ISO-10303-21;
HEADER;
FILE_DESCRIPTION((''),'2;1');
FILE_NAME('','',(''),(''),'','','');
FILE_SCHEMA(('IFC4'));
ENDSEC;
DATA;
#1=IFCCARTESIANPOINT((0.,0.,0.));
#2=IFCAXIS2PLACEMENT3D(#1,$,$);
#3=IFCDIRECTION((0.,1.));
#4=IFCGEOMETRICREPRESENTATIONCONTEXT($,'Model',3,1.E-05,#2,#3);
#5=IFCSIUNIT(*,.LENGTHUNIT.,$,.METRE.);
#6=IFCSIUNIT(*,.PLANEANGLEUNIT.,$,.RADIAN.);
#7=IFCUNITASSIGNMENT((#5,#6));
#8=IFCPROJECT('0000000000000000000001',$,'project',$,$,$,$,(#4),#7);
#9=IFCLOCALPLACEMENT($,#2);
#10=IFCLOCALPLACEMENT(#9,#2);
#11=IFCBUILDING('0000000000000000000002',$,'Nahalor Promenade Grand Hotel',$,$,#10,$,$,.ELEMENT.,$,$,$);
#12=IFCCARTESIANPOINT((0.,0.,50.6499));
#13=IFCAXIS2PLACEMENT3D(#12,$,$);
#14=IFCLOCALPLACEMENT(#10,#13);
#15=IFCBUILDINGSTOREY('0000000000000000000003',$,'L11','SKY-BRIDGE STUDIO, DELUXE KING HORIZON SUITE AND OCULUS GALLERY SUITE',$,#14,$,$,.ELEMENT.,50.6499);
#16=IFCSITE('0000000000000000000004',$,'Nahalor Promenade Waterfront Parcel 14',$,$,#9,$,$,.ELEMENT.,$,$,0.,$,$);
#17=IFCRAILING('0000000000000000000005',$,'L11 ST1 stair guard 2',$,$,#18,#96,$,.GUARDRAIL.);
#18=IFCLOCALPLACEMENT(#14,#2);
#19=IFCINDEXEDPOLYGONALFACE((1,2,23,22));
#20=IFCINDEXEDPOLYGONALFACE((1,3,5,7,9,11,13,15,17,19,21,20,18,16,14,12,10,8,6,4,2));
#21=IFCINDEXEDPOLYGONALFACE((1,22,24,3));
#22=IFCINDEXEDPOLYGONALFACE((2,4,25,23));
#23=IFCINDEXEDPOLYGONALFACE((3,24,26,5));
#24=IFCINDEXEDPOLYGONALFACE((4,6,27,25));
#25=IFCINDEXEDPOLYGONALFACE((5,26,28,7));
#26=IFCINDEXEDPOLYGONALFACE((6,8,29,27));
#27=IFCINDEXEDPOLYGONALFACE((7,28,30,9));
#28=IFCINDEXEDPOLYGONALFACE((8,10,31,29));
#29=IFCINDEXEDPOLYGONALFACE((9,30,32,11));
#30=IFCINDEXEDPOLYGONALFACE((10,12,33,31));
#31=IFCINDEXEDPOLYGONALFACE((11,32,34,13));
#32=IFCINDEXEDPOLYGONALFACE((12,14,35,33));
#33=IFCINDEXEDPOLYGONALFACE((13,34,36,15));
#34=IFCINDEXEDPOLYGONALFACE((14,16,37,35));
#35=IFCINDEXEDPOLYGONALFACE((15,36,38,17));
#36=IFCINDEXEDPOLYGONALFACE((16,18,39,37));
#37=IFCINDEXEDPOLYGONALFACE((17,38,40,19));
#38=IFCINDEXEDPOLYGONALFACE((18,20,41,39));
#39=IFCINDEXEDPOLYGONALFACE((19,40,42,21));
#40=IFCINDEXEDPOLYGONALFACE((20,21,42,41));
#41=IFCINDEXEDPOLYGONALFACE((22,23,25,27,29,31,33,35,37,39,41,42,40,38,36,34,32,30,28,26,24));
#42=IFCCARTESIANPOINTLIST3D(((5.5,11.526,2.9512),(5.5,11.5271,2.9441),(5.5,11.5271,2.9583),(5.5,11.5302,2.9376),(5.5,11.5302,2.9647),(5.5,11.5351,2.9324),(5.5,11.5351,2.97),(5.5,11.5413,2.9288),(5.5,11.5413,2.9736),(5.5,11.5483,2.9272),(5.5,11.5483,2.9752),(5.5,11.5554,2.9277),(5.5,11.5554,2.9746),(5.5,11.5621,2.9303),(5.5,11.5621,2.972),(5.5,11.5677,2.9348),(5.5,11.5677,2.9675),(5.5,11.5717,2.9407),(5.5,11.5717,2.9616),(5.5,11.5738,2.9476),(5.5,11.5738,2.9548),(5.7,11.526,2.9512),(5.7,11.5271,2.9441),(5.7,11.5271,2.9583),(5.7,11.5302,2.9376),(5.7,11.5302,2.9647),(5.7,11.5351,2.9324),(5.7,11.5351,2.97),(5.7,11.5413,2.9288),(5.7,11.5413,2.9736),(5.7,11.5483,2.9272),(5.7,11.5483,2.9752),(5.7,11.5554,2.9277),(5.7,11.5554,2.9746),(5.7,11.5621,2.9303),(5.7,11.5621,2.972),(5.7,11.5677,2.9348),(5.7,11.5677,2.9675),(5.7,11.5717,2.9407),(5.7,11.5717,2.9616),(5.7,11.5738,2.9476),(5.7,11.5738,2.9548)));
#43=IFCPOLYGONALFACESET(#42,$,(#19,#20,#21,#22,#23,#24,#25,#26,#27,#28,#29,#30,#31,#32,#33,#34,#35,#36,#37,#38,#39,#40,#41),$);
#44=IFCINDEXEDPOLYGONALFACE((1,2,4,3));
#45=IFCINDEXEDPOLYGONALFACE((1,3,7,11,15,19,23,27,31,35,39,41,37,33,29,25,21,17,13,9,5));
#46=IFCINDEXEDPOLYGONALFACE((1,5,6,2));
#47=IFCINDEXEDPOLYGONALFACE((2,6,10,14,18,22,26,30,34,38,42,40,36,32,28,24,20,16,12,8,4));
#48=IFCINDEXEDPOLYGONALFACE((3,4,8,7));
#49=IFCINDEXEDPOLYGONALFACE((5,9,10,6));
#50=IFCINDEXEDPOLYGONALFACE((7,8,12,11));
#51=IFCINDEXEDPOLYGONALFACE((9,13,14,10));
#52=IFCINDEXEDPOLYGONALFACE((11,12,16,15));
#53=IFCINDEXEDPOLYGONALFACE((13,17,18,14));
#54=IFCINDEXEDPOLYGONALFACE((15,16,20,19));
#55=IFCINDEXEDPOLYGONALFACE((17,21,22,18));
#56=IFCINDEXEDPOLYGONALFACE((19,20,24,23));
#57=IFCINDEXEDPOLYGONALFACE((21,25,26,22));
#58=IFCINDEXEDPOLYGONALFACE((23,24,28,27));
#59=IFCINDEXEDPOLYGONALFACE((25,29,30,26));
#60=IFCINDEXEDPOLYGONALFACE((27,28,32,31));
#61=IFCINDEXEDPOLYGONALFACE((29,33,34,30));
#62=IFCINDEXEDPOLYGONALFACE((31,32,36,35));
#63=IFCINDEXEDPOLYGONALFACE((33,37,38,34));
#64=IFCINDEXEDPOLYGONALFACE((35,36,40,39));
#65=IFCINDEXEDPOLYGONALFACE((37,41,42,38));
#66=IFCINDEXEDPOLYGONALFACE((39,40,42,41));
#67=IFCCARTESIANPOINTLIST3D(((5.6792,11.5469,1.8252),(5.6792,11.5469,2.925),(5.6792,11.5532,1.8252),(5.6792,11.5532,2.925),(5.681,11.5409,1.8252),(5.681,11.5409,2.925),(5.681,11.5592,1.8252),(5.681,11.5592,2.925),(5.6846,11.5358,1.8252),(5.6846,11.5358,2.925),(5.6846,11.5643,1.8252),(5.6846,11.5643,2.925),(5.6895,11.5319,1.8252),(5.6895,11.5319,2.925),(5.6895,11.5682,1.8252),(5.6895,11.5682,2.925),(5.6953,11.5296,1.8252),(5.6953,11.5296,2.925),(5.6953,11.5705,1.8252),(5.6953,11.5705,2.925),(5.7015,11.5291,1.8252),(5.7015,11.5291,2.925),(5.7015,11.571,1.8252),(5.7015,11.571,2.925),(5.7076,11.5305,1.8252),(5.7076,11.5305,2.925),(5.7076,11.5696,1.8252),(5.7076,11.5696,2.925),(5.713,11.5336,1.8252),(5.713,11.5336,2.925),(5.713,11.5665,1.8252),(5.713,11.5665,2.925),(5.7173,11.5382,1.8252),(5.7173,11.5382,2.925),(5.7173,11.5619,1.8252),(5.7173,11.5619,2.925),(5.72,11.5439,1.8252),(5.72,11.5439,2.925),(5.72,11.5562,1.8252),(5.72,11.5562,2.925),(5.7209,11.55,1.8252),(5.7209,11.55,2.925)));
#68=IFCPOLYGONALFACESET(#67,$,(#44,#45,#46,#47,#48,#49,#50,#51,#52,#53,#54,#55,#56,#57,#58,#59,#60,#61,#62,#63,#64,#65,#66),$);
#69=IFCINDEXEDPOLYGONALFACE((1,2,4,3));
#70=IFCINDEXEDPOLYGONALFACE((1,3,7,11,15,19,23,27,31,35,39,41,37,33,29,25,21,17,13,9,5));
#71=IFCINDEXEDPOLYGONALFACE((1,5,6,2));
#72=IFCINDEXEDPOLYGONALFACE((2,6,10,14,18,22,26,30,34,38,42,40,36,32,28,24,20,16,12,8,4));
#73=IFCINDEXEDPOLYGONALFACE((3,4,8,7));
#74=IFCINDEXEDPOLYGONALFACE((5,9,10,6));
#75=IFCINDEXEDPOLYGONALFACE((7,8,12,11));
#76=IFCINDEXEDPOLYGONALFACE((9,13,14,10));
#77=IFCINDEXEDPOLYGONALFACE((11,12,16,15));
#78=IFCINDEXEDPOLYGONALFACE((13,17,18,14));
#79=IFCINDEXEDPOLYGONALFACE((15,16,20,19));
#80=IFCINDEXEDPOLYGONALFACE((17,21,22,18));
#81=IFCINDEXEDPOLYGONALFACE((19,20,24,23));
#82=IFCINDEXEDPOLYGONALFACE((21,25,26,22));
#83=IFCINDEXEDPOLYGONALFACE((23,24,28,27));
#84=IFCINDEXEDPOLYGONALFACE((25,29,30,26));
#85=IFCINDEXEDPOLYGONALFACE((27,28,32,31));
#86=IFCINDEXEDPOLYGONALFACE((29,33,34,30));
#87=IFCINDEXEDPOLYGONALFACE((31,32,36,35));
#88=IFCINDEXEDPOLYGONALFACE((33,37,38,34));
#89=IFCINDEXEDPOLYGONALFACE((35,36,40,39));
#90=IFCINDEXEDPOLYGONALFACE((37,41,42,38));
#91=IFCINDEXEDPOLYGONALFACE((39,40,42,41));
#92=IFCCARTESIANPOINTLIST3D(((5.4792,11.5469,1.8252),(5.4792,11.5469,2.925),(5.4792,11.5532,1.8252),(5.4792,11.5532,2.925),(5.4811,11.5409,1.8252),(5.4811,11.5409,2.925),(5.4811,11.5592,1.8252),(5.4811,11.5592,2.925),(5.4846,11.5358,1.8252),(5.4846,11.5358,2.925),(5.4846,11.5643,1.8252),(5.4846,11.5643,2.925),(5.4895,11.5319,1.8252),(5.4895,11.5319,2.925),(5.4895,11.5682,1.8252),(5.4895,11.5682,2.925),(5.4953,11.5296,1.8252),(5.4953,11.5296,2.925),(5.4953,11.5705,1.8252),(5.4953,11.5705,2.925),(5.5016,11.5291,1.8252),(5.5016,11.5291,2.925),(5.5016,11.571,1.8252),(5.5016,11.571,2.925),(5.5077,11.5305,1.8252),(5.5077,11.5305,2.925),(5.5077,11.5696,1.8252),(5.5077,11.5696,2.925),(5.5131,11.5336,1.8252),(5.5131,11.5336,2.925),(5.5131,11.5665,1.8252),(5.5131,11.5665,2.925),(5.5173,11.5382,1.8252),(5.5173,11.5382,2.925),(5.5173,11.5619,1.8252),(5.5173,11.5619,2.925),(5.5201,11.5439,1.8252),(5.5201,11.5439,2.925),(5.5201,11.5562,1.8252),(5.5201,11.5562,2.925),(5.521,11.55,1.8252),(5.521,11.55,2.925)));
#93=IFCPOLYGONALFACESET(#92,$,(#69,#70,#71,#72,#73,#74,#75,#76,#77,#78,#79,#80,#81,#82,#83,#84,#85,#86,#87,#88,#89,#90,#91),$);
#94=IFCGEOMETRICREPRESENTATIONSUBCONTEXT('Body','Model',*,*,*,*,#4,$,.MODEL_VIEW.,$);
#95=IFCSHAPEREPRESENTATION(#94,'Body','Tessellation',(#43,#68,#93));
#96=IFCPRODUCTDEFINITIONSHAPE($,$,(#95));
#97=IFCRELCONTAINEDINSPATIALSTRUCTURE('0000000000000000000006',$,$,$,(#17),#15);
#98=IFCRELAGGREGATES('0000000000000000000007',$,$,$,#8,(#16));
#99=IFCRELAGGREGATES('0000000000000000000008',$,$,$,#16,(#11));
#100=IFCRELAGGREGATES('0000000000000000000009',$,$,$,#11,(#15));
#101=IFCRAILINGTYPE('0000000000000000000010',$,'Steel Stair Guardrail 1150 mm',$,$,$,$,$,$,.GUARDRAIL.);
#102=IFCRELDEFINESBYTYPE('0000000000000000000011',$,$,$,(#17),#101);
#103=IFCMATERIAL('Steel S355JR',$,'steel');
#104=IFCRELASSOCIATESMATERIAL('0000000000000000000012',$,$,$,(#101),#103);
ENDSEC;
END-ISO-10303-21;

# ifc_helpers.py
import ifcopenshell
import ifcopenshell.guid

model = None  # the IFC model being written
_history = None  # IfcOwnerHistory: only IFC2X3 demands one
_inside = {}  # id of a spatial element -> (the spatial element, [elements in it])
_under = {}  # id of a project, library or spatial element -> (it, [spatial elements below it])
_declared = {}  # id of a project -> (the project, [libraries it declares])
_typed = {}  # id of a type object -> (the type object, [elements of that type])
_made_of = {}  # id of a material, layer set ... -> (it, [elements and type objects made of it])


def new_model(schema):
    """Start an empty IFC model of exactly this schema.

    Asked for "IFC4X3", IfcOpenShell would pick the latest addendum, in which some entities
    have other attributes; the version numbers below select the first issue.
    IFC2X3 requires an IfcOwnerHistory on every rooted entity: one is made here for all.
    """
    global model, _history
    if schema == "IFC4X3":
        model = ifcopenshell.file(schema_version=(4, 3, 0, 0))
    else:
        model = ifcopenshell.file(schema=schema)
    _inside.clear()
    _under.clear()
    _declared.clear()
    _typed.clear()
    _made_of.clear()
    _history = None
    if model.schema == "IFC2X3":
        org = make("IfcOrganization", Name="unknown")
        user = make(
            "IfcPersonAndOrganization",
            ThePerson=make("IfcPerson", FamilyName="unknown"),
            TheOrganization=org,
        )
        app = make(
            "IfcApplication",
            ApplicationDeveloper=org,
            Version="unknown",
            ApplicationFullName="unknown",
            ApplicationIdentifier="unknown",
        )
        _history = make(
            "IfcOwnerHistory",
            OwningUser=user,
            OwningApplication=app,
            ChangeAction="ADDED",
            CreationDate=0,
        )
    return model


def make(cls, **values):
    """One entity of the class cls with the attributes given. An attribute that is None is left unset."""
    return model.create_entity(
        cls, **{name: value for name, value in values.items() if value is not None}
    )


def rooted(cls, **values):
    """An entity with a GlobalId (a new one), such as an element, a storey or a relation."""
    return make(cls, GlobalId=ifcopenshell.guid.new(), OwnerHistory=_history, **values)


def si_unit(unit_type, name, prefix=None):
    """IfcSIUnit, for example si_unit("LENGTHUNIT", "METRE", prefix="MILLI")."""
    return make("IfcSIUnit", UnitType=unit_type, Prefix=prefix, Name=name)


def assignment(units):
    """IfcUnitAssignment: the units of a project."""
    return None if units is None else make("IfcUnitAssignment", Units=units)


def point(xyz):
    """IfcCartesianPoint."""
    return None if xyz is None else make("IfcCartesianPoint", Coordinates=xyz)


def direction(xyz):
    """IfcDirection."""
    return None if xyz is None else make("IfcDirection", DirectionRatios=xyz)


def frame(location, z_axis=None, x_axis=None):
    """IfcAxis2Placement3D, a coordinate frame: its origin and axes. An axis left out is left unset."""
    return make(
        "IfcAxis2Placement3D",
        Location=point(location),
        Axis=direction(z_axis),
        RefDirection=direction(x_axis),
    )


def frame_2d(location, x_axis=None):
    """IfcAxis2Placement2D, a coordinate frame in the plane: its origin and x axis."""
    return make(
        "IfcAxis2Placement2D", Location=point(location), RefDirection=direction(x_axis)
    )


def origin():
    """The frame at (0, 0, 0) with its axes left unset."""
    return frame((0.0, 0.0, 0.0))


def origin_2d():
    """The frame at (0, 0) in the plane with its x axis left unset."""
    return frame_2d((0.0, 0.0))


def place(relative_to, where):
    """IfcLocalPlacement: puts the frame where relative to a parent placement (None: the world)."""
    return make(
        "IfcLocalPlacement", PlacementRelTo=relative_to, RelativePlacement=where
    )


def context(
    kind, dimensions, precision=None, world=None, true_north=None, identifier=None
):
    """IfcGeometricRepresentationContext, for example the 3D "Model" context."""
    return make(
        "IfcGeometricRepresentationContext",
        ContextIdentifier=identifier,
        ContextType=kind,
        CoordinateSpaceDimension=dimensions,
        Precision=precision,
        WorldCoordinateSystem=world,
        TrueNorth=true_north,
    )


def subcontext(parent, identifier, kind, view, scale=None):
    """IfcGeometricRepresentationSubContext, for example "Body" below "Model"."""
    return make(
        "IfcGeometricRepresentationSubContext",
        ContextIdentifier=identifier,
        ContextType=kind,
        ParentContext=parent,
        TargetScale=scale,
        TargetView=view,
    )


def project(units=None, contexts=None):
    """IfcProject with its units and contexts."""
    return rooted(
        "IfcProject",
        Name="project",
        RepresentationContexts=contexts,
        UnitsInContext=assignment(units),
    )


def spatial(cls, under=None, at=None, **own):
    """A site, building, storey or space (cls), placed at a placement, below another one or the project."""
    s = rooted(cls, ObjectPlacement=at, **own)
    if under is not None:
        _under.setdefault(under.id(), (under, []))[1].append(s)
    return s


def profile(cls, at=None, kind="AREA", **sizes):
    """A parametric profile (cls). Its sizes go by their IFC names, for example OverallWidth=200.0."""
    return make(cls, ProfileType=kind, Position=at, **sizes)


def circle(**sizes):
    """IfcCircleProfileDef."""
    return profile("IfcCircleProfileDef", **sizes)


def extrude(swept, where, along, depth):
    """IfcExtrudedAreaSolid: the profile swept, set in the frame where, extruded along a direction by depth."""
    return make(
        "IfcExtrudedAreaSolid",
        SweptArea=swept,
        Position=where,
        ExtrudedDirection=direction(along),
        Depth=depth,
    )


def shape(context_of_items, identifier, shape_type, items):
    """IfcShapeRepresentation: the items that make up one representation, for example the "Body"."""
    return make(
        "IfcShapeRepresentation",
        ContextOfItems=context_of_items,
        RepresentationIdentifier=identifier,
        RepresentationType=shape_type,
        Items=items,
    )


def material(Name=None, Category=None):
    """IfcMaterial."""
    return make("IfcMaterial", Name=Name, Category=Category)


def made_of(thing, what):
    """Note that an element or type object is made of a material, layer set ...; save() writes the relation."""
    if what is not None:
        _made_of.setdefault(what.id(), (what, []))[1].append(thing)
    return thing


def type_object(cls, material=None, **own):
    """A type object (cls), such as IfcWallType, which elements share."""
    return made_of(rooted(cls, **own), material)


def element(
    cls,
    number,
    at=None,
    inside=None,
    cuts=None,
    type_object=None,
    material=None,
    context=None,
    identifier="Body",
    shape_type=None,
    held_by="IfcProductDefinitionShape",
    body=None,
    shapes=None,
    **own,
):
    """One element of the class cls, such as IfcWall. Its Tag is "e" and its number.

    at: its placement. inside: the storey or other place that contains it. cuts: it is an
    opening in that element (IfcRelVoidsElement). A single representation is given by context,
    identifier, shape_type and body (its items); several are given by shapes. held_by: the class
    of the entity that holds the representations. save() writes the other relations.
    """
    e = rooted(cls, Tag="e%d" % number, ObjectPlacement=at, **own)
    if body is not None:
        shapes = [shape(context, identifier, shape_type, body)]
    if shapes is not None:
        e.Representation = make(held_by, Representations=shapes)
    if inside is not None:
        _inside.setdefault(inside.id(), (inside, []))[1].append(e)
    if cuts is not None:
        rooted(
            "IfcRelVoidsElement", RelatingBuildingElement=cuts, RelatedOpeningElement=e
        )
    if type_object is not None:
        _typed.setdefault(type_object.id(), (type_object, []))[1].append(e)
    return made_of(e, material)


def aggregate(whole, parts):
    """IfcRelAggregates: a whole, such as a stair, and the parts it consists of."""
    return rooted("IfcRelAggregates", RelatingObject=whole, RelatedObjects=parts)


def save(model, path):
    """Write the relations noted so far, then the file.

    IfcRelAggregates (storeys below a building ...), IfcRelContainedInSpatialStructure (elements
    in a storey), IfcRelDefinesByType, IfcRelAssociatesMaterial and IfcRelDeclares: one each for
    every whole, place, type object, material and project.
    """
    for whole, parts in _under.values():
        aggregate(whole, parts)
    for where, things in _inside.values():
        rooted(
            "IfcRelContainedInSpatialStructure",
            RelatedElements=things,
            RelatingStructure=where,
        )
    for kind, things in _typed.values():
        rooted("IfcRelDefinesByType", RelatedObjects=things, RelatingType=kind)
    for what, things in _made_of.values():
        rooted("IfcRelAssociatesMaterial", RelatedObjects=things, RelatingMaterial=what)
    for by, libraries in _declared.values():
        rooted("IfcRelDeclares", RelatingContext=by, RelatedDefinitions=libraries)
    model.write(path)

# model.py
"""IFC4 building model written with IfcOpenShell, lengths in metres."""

from ifc_helpers import new_model, si_unit, direction, frame, origin, origin_2d, place, context, subcontext, project, spatial, circle, extrude, material, type_object, element, save


model = new_model("IFC4")

# Units and contexts
model_context = context("Model", 3, precision=1e-05, world=origin(), true_north=direction((0.0, 1.0)))
body_context = subcontext(model_context, "Body", "Model", "MODEL_VIEW")
ifc_project = project(units=[si_unit("LENGTHUNIT", "METRE"), si_unit("PLANEANGLEUNIT", "RADIAN")], contexts=[model_context])

# Site, building, storey
site_placement = place(None, origin())
site = spatial("IfcSite", under=ifc_project, at=site_placement, Name="Nahalor Promenade Waterfront Parcel 14", CompositionType="ELEMENT", RefElevation=0.0)
building_placement = place(site_placement, origin())
building = spatial("IfcBuilding", under=site, at=building_placement, Name="Nahalor Promenade Grand Hotel", CompositionType="ELEMENT")
storey_placement = place(building_placement, frame((0.0, 0.0, 50.6499)))
storey = spatial("IfcBuildingStorey", under=building, at=storey_placement, Name="L11", Description="SKY-BRIDGE STUDIO, DELUXE KING HORIZON SUITE AND OCULUS GALLERY SUITE", CompositionType="ELEMENT", Elevation=50.6499)

# Shared definitions
ifc_material_1 = material(Name="Steel S355JR", Category="steel")

# Railing
railing_type_1 = type_object("IfcRailingType", Name="Steel Stair Guardrail 1150 mm", PredefinedType="GUARDRAIL", material=ifc_material_1)
railing_1_placement = place(storey_placement, frame((5.7, 11.55, 1.8252)))
element("IfcRailing", 1, at=railing_1_placement, inside=storey, type_object=railing_type_1, Name="L11 ST1 stair guard 2", PredefinedType="GUARDRAIL", context=body_context, shape_type="SweptSolid", body=[
    extrude(circle(Radius=0.024, at=origin_2d()), frame((0.0, 0.0, 1.126), z_axis=(-1.0, 0.0, 0.0), x_axis=(0.0, -1.0, 0.0)), (0.0, 0.0, 1.0), 0.2),
    extrude(circle(Radius=0.021, at=origin_2d()), origin(), (0.0, 0.0, 1.0), 1.0999),
    extrude(circle(Radius=0.021, at=origin_2d()), frame((-0.2, 0.0, 0.0)), (0.0, 0.0, 1.0), 1.0999),
])

save(model, "model.ifc")
